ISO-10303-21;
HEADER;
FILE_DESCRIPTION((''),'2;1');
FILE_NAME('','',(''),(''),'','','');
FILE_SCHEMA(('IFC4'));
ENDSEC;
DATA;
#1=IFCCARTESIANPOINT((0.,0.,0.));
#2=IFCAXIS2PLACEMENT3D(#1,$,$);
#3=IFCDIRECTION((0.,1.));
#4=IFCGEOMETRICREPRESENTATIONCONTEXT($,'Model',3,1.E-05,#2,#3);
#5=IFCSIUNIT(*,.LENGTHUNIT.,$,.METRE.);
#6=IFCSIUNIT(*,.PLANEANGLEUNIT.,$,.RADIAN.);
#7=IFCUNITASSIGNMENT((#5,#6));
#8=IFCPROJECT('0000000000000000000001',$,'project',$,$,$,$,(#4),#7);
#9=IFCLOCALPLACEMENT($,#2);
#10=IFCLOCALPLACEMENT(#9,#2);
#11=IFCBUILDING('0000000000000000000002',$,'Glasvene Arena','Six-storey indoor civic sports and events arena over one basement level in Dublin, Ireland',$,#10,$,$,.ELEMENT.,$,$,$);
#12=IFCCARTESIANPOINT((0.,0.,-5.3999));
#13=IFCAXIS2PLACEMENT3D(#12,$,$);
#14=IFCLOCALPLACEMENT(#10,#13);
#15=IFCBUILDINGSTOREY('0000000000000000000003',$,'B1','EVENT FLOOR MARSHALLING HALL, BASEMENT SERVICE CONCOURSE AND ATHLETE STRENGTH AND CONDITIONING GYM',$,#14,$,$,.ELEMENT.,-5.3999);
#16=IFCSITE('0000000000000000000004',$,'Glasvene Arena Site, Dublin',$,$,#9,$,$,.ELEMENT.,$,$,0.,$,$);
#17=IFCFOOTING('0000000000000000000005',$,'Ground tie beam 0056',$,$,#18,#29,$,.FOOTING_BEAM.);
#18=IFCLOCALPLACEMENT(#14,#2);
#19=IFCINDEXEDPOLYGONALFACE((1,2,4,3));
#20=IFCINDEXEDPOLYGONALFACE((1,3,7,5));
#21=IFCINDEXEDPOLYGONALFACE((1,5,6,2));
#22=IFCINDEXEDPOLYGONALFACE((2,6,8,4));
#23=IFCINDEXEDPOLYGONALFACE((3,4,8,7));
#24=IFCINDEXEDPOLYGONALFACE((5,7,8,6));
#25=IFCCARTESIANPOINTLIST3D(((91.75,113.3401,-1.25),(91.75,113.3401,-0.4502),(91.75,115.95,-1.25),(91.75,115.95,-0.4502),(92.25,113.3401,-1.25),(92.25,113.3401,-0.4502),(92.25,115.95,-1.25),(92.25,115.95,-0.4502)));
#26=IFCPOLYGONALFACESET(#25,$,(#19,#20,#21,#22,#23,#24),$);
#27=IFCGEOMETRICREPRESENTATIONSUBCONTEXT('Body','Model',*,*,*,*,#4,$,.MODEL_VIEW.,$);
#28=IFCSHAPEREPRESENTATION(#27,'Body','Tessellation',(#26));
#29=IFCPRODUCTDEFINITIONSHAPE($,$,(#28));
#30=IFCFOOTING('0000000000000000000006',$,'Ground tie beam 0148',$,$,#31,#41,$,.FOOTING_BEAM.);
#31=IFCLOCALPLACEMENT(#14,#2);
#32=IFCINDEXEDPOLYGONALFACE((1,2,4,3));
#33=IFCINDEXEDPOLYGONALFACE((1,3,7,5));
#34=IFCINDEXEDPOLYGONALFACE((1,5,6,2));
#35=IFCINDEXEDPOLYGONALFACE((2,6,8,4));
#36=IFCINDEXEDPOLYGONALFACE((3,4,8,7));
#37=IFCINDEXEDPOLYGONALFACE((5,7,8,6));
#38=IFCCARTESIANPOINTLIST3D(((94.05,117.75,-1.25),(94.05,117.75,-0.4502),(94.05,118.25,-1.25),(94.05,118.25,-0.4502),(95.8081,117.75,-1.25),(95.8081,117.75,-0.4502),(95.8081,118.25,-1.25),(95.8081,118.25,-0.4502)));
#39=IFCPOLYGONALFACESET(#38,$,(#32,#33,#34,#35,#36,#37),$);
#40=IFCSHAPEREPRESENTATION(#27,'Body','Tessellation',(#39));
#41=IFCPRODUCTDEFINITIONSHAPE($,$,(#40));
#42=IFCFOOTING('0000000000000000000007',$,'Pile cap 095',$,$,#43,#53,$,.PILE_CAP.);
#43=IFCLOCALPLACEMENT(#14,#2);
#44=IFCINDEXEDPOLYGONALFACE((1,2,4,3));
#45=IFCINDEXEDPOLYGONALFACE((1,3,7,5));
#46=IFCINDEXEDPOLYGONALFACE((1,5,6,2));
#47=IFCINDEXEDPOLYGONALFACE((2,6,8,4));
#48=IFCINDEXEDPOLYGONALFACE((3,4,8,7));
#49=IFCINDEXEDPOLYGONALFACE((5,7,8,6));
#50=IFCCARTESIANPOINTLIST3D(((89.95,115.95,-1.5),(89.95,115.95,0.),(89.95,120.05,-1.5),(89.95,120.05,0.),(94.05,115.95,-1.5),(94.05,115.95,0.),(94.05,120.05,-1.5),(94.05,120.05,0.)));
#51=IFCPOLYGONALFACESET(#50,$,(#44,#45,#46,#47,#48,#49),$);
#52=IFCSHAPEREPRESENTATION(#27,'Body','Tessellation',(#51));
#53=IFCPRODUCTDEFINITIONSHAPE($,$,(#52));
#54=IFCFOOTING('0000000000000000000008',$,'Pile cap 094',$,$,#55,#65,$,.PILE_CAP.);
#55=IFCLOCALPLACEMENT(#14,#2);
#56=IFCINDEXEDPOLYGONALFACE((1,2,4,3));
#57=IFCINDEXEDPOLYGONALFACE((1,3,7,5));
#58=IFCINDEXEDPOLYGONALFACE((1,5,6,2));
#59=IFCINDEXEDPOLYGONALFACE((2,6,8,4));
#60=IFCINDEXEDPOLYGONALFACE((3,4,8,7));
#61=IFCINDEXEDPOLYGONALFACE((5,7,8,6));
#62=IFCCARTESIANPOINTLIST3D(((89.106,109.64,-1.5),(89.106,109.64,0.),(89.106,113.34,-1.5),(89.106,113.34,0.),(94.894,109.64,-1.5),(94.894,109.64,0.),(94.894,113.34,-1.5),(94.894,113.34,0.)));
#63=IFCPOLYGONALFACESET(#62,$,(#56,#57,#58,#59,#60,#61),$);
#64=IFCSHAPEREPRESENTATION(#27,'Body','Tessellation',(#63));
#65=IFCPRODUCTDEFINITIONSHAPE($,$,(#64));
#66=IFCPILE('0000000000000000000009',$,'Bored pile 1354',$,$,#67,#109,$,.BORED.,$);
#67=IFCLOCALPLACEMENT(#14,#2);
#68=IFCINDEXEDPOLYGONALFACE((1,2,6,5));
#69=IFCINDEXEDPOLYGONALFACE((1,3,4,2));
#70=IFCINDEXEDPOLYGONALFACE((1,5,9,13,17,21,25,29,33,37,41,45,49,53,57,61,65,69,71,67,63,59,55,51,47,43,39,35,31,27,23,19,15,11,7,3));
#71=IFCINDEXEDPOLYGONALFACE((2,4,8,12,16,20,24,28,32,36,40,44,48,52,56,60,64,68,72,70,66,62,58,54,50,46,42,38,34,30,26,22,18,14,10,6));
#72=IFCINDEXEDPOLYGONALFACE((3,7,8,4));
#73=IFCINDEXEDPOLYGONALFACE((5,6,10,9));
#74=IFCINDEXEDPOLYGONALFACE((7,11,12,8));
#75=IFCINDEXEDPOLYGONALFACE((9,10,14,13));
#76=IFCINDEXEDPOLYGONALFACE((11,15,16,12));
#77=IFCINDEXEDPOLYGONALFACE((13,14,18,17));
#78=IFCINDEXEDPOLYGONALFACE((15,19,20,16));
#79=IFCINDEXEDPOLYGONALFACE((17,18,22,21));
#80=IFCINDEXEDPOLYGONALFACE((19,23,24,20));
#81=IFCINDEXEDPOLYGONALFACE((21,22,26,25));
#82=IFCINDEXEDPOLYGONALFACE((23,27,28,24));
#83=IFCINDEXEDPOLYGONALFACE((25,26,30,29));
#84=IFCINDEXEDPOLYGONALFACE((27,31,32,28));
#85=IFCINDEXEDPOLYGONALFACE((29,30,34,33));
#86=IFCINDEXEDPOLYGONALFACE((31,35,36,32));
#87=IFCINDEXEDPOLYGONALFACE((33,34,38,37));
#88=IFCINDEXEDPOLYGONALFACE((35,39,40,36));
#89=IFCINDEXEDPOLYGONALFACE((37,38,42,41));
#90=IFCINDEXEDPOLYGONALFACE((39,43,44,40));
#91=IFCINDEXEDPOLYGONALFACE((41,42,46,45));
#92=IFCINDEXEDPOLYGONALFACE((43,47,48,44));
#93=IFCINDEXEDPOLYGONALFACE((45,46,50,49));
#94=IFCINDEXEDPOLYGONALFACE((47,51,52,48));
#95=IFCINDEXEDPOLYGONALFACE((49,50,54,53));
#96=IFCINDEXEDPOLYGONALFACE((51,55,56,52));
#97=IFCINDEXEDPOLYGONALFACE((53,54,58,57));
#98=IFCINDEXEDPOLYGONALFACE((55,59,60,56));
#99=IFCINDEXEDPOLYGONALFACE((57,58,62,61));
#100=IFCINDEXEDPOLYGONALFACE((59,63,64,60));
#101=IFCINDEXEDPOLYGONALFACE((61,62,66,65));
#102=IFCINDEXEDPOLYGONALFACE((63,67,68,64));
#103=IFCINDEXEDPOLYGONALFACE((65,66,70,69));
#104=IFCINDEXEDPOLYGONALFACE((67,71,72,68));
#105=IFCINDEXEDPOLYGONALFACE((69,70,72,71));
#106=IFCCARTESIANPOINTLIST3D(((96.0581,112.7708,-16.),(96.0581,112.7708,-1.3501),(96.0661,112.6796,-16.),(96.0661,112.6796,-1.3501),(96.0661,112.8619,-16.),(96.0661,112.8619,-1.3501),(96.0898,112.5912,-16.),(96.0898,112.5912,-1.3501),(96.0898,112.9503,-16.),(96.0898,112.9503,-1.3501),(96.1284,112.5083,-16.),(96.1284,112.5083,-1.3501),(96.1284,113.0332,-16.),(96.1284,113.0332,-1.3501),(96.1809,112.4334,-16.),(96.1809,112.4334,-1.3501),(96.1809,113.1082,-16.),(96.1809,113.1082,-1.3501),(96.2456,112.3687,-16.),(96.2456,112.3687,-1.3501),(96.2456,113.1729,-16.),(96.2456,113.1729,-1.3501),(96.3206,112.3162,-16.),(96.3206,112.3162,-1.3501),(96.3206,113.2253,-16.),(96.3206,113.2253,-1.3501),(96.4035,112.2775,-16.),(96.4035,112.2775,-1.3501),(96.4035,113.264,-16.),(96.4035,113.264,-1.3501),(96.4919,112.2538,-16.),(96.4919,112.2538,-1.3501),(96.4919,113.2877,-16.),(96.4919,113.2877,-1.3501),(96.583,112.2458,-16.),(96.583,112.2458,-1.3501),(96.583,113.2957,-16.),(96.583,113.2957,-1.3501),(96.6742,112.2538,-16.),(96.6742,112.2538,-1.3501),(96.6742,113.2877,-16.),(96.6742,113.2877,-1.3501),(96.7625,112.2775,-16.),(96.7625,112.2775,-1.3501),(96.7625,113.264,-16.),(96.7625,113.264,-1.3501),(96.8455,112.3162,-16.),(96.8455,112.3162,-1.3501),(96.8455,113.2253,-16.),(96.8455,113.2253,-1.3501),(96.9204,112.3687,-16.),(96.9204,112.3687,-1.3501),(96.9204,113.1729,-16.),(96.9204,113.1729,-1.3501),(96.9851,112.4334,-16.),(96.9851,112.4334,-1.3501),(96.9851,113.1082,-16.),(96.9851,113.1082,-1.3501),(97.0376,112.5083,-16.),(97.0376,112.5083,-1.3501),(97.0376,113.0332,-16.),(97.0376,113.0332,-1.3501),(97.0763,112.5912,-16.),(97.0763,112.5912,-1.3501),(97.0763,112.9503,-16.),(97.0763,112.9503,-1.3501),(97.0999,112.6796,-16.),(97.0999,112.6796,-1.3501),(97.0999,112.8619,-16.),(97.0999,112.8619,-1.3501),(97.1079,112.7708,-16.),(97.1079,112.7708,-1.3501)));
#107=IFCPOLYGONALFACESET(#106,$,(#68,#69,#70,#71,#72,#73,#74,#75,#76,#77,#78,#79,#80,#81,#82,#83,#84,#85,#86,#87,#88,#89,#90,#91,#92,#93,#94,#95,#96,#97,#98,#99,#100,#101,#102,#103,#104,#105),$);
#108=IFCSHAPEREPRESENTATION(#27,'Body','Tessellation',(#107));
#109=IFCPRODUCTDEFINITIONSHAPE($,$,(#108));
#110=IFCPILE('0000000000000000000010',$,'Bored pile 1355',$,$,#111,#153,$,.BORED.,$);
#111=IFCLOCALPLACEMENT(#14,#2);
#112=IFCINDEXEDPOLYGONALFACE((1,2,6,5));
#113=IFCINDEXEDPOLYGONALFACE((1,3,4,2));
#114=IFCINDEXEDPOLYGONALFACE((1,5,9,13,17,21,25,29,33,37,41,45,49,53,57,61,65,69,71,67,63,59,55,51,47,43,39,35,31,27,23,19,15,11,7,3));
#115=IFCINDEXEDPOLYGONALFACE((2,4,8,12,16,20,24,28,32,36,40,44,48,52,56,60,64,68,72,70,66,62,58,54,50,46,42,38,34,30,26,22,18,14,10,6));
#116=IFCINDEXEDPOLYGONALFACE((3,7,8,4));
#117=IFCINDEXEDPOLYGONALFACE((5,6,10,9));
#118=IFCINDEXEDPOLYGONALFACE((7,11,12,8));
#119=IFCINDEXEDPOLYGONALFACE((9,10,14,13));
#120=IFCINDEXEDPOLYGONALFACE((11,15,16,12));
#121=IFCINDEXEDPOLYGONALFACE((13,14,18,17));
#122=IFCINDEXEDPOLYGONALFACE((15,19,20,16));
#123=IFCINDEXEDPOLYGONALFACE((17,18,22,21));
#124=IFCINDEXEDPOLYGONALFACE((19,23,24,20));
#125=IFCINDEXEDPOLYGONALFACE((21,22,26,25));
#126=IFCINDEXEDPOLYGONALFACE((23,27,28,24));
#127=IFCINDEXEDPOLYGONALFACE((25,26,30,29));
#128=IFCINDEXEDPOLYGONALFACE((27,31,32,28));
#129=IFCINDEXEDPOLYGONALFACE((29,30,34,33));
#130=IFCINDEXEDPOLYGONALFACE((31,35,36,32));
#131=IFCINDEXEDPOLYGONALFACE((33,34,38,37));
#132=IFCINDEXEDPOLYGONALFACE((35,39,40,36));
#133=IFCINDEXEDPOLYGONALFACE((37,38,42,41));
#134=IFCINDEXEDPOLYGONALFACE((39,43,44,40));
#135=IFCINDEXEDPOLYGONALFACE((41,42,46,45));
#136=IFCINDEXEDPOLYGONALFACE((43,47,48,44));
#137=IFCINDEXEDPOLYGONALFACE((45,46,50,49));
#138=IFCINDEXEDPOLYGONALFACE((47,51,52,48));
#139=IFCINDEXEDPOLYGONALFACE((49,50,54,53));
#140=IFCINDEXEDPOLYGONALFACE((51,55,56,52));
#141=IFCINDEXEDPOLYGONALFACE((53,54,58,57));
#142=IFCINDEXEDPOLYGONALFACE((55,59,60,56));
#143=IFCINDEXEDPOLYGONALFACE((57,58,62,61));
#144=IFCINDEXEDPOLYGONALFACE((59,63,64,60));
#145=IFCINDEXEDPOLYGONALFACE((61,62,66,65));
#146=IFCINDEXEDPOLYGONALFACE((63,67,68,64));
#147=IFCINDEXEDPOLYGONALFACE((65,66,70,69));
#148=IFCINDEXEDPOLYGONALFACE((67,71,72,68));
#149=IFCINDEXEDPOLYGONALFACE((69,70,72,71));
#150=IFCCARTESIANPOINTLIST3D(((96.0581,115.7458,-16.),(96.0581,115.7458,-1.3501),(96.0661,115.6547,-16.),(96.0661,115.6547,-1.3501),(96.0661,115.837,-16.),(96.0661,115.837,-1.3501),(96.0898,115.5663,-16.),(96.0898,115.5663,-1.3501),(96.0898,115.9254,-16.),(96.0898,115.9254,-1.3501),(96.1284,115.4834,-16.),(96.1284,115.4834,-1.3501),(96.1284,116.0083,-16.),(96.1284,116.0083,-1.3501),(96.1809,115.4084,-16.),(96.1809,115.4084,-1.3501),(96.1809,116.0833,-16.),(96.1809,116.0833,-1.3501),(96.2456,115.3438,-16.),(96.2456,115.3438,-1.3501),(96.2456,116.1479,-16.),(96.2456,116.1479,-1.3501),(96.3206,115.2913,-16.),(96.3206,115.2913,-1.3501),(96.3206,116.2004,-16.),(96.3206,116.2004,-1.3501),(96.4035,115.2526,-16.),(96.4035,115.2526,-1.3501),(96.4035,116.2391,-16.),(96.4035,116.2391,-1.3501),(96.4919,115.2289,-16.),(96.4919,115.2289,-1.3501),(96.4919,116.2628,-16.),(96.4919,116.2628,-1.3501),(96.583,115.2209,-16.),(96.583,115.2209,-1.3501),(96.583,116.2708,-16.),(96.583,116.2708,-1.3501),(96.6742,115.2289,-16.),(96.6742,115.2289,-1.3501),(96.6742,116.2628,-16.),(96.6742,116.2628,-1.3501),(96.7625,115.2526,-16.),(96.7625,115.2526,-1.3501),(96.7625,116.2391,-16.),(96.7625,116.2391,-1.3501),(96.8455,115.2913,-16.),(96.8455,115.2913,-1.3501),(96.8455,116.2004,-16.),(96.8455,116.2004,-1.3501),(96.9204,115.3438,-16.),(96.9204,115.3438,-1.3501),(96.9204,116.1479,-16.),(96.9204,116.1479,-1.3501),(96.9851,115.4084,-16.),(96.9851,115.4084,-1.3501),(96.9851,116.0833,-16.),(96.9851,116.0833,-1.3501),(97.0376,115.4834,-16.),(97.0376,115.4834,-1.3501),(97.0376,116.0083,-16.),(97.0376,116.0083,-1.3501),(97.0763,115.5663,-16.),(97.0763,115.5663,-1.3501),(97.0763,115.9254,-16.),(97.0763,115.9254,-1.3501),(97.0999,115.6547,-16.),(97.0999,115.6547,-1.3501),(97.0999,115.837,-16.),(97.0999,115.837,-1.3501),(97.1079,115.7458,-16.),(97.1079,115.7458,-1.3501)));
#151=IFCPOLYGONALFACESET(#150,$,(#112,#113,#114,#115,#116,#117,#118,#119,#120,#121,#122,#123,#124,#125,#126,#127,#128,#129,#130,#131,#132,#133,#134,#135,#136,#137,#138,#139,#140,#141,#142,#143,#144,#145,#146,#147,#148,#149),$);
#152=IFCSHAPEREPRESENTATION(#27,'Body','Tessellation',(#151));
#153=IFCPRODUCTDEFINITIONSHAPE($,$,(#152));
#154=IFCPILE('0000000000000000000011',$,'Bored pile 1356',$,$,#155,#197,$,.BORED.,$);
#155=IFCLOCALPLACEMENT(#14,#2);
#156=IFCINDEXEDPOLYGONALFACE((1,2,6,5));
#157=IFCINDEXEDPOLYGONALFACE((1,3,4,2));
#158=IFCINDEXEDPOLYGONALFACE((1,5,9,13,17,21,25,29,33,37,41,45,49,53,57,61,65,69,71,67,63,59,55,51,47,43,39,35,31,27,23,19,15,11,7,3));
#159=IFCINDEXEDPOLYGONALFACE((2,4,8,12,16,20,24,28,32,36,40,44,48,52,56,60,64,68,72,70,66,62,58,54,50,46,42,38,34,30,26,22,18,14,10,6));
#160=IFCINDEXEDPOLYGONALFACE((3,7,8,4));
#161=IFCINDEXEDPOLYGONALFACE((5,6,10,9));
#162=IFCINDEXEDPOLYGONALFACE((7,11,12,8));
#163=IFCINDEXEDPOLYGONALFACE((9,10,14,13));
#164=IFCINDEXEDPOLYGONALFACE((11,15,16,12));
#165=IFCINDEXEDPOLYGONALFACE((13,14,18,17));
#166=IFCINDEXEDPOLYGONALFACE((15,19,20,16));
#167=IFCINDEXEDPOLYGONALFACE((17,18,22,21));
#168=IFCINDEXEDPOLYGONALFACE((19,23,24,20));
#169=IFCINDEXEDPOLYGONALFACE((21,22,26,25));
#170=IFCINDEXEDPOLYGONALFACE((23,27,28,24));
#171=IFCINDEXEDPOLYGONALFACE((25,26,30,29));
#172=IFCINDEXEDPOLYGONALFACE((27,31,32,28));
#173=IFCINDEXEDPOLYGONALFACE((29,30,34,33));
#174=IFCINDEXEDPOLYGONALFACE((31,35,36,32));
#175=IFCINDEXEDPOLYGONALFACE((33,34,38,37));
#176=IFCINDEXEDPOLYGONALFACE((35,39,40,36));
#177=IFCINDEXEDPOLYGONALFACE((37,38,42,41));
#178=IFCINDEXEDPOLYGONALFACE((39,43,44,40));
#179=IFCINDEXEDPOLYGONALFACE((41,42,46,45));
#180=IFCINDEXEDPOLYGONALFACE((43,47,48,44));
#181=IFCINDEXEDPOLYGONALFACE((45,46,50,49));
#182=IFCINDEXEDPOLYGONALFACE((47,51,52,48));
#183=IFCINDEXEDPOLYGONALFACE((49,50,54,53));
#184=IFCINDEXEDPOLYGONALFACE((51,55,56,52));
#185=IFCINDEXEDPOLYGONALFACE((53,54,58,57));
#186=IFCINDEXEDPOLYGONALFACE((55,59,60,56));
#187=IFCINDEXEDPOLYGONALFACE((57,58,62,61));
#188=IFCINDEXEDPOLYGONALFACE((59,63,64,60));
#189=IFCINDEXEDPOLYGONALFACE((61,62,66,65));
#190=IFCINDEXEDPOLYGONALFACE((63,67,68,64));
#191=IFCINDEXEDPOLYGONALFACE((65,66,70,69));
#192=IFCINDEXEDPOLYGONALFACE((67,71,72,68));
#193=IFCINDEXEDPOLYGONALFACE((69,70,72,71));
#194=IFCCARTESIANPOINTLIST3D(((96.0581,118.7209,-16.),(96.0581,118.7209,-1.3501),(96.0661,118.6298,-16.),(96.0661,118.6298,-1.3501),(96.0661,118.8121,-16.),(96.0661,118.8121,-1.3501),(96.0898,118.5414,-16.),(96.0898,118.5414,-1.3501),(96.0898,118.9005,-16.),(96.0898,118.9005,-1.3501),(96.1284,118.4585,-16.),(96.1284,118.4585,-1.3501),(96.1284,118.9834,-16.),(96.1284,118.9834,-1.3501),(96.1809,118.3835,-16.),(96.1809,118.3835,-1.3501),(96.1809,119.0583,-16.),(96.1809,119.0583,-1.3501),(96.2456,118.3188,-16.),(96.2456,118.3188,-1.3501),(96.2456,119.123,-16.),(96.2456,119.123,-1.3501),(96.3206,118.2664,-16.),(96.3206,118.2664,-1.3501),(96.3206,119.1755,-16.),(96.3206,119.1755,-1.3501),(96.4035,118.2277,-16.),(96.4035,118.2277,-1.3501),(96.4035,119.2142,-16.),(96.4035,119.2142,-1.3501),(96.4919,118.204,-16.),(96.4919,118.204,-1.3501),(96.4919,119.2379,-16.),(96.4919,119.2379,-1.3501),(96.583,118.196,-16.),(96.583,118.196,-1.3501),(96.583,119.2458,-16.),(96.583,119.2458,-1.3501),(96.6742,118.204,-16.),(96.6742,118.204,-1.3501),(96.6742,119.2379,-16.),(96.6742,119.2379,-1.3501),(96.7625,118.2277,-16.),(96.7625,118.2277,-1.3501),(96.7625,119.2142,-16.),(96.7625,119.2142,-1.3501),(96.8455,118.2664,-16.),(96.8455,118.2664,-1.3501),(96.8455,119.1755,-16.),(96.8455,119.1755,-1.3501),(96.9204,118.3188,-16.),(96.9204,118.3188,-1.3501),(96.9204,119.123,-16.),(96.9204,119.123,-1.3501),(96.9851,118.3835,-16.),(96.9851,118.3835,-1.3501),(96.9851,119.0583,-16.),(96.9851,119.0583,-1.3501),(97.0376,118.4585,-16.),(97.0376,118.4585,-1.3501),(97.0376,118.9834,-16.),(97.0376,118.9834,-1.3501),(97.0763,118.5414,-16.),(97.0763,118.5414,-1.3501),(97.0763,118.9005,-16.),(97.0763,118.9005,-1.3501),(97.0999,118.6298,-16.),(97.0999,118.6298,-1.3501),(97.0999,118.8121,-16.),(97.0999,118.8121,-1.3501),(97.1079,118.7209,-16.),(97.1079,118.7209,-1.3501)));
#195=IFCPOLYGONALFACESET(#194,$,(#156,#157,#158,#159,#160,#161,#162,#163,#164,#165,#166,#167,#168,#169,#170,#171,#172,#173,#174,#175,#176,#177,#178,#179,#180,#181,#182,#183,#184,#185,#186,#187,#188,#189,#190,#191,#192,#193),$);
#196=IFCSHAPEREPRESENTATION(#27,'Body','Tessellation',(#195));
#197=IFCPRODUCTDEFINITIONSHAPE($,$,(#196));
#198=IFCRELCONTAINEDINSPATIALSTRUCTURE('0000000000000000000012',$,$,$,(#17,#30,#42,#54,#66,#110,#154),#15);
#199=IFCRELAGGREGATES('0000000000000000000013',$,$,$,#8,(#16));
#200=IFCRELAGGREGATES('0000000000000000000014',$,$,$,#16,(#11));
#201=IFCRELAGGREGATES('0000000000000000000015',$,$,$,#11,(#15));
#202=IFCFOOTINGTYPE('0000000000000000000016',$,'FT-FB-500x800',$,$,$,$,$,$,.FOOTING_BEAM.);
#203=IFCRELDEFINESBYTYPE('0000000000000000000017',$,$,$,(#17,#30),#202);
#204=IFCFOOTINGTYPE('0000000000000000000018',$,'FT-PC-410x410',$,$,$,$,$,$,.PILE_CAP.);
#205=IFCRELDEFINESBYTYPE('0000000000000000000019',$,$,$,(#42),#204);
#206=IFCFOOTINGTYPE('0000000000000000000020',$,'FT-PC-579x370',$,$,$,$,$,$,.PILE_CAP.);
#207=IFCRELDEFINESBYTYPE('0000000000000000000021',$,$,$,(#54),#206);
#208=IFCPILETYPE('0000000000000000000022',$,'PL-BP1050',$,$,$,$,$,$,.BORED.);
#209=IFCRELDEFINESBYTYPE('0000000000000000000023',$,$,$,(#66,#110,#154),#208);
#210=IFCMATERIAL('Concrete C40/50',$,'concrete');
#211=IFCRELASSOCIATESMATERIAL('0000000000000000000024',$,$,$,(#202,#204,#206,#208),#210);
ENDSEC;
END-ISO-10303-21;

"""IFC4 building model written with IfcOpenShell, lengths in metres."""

from ifc_helpers import new_model, si_unit, direction, frame, origin, origin_2d, place, context, subcontext, project, spatial, polyline, rectangle, circle, outline, extrude, material, material_profile, profile_set, type_object, element, save


model = new_model("IFC4")

# Units and contexts
model_context = context("Model", 3, precision=1e-05, world=origin(), true_north=direction((0.0, 1.0)))
body_context = subcontext(model_context, "Body", "Model", "MODEL_VIEW")
ifc_project = project(units=[si_unit("LENGTHUNIT", "METRE"), si_unit("PLANEANGLEUNIT", "RADIAN")], contexts=[model_context])

# Site, building, storey
site_placement = place(None, origin())
site = spatial("IfcSite", under=ifc_project, at=site_placement, Name="Glasvene Arena Site, Dublin", CompositionType="ELEMENT", RefElevation=0.0)
building_placement = place(site_placement, origin())
building = spatial("IfcBuilding", under=site, at=building_placement, Name="Glasvene Arena", Description="Six-storey indoor civic sports and events arena over one basement level in Dublin, Ireland", CompositionType="ELEMENT")
storey_placement = place(building_placement, frame((0.0, 0.0, -5.3999)))
storey = spatial("IfcBuildingStorey", under=building, at=storey_placement, Name="B1", Description="EVENT FLOOR MARSHALLING HALL, BASEMENT SERVICE CONCOURSE AND ATHLETE STRENGTH AND CONDITIONING GYM", CompositionType="ELEMENT", Elevation=-5.3999)

# Footings
ifc_material_1 = material(Name="Concrete C40/50", Category="concrete")
footing_type_1 = type_object("IfcFootingType", Name="FT-FB-500x800", PredefinedType="FOOTING_BEAM", material=ifc_material_1)
footing_1_placement = place(storey_placement, frame((92.0, 114.645, -1.25)))
element("IfcFooting", 1, at=footing_1_placement, inside=storey, type_object=footing_type_1, Name="Ground tie beam 0056", PredefinedType="FOOTING_BEAM", context=body_context, shape_type="SweptSolid", body=[
    extrude(outline(polyline([(-0.25, -1.3049), (0.25, -1.3049), (0.25, 1.3049), (-0.25, 1.3049), (-0.25, -1.3049)])), origin(), (0.0, 0.0, 1.0), 0.7998),
])
footing_2_placement = place(storey_placement, frame((94.929, 118.0, -1.25)))
element("IfcFooting", 2, at=footing_2_placement, inside=storey, type_object=footing_type_1, Name="Ground tie beam 0148", PredefinedType="FOOTING_BEAM", context=body_context, shape_type="SweptSolid", body=[
    extrude(outline(polyline([(-0.8789, -0.25), (0.8792, -0.25), (0.8792, 0.25), (-0.8789, 0.25), (-0.8789, -0.25)])), origin(), (0.0, 0.0, 1.0), 0.7998),
])
footing_type_2 = type_object("IfcFootingType", Name="FT-PC-410x410", PredefinedType="PILE_CAP", material=ifc_material_1)
footing_3_placement = place(storey_placement, frame((92.0, 118.0, -1.5), z_axis=(0.0, 0.0, 1.0), x_axis=(1.0, 0.0, 0.0)))
element("IfcFooting", 3, at=footing_3_placement, inside=storey, type_object=footing_type_2, Name="Pile cap 095", PredefinedType="PILE_CAP", context=body_context, shape_type="SweptSolid", body=[
    extrude(rectangle(XDim=4.1001, YDim=4.1001, at=origin_2d()), origin(), (0.0, 0.0, 1.0), 1.5),
])
footing_type_3 = type_object("IfcFootingType", Name="FT-PC-579x370", PredefinedType="PILE_CAP", material=ifc_material_1)
footing_4_placement = place(storey_placement, frame((92.0, 111.49, -1.5), z_axis=(0.0, 0.0, 1.0), x_axis=(1.0, 0.0, 0.0)))
element("IfcFooting", 4, at=footing_4_placement, inside=storey, type_object=footing_type_3, Name="Pile cap 094", PredefinedType="PILE_CAP", context=body_context, shape_type="SweptSolid", body=[
    extrude(rectangle(XDim=5.7881, YDim=3.7, at=origin_2d()), origin(), (0.0, 0.0, 1.0), 1.5),
])

# Piles
ifc_material_profile_1 = material_profile(ifc_material_1, circle(Radius=0.5249, at=origin_2d()), Name="BORED PILE 1050")
ifc_profile_set_1 = profile_set([ifc_material_profile_1], Name="Concrete C40/50")
pile_type_1 = type_object("IfcPileType", Name="PL-BP1050", PredefinedType="BORED", material=ifc_profile_set_1)
for number, where, z_axis, x_axis, name in (
    (5, (96.583, 112.7708, -1.3501), (0.0, 0.0, -1.0), (1.0, 0.0, 0.0), "Bored pile 1354"),
    (6, (96.583, 115.7458, -1.3501), (0.0, 0.0, -1.0), (1.0, 0.0, 0.0), "Bored pile 1355"),
    (7, (96.583, 118.7209, -1.3501), (0.0, 0.0, -1.0), (1.0, 0.0, 0.0), "Bored pile 1356"),
):
    element("IfcPile", number, at=place(storey_placement, frame(where, z_axis=z_axis, x_axis=x_axis)), inside=storey, type_object=pile_type_1, Name=name, PredefinedType="BORED", context=body_context, shape_type="SweptSolid", body=[
        extrude(circle(Radius=0.5249, at=origin_2d()), origin(), (0.0, 0.0, 1.0), 14.6499),
    ])

save(model, "model.ifc")
